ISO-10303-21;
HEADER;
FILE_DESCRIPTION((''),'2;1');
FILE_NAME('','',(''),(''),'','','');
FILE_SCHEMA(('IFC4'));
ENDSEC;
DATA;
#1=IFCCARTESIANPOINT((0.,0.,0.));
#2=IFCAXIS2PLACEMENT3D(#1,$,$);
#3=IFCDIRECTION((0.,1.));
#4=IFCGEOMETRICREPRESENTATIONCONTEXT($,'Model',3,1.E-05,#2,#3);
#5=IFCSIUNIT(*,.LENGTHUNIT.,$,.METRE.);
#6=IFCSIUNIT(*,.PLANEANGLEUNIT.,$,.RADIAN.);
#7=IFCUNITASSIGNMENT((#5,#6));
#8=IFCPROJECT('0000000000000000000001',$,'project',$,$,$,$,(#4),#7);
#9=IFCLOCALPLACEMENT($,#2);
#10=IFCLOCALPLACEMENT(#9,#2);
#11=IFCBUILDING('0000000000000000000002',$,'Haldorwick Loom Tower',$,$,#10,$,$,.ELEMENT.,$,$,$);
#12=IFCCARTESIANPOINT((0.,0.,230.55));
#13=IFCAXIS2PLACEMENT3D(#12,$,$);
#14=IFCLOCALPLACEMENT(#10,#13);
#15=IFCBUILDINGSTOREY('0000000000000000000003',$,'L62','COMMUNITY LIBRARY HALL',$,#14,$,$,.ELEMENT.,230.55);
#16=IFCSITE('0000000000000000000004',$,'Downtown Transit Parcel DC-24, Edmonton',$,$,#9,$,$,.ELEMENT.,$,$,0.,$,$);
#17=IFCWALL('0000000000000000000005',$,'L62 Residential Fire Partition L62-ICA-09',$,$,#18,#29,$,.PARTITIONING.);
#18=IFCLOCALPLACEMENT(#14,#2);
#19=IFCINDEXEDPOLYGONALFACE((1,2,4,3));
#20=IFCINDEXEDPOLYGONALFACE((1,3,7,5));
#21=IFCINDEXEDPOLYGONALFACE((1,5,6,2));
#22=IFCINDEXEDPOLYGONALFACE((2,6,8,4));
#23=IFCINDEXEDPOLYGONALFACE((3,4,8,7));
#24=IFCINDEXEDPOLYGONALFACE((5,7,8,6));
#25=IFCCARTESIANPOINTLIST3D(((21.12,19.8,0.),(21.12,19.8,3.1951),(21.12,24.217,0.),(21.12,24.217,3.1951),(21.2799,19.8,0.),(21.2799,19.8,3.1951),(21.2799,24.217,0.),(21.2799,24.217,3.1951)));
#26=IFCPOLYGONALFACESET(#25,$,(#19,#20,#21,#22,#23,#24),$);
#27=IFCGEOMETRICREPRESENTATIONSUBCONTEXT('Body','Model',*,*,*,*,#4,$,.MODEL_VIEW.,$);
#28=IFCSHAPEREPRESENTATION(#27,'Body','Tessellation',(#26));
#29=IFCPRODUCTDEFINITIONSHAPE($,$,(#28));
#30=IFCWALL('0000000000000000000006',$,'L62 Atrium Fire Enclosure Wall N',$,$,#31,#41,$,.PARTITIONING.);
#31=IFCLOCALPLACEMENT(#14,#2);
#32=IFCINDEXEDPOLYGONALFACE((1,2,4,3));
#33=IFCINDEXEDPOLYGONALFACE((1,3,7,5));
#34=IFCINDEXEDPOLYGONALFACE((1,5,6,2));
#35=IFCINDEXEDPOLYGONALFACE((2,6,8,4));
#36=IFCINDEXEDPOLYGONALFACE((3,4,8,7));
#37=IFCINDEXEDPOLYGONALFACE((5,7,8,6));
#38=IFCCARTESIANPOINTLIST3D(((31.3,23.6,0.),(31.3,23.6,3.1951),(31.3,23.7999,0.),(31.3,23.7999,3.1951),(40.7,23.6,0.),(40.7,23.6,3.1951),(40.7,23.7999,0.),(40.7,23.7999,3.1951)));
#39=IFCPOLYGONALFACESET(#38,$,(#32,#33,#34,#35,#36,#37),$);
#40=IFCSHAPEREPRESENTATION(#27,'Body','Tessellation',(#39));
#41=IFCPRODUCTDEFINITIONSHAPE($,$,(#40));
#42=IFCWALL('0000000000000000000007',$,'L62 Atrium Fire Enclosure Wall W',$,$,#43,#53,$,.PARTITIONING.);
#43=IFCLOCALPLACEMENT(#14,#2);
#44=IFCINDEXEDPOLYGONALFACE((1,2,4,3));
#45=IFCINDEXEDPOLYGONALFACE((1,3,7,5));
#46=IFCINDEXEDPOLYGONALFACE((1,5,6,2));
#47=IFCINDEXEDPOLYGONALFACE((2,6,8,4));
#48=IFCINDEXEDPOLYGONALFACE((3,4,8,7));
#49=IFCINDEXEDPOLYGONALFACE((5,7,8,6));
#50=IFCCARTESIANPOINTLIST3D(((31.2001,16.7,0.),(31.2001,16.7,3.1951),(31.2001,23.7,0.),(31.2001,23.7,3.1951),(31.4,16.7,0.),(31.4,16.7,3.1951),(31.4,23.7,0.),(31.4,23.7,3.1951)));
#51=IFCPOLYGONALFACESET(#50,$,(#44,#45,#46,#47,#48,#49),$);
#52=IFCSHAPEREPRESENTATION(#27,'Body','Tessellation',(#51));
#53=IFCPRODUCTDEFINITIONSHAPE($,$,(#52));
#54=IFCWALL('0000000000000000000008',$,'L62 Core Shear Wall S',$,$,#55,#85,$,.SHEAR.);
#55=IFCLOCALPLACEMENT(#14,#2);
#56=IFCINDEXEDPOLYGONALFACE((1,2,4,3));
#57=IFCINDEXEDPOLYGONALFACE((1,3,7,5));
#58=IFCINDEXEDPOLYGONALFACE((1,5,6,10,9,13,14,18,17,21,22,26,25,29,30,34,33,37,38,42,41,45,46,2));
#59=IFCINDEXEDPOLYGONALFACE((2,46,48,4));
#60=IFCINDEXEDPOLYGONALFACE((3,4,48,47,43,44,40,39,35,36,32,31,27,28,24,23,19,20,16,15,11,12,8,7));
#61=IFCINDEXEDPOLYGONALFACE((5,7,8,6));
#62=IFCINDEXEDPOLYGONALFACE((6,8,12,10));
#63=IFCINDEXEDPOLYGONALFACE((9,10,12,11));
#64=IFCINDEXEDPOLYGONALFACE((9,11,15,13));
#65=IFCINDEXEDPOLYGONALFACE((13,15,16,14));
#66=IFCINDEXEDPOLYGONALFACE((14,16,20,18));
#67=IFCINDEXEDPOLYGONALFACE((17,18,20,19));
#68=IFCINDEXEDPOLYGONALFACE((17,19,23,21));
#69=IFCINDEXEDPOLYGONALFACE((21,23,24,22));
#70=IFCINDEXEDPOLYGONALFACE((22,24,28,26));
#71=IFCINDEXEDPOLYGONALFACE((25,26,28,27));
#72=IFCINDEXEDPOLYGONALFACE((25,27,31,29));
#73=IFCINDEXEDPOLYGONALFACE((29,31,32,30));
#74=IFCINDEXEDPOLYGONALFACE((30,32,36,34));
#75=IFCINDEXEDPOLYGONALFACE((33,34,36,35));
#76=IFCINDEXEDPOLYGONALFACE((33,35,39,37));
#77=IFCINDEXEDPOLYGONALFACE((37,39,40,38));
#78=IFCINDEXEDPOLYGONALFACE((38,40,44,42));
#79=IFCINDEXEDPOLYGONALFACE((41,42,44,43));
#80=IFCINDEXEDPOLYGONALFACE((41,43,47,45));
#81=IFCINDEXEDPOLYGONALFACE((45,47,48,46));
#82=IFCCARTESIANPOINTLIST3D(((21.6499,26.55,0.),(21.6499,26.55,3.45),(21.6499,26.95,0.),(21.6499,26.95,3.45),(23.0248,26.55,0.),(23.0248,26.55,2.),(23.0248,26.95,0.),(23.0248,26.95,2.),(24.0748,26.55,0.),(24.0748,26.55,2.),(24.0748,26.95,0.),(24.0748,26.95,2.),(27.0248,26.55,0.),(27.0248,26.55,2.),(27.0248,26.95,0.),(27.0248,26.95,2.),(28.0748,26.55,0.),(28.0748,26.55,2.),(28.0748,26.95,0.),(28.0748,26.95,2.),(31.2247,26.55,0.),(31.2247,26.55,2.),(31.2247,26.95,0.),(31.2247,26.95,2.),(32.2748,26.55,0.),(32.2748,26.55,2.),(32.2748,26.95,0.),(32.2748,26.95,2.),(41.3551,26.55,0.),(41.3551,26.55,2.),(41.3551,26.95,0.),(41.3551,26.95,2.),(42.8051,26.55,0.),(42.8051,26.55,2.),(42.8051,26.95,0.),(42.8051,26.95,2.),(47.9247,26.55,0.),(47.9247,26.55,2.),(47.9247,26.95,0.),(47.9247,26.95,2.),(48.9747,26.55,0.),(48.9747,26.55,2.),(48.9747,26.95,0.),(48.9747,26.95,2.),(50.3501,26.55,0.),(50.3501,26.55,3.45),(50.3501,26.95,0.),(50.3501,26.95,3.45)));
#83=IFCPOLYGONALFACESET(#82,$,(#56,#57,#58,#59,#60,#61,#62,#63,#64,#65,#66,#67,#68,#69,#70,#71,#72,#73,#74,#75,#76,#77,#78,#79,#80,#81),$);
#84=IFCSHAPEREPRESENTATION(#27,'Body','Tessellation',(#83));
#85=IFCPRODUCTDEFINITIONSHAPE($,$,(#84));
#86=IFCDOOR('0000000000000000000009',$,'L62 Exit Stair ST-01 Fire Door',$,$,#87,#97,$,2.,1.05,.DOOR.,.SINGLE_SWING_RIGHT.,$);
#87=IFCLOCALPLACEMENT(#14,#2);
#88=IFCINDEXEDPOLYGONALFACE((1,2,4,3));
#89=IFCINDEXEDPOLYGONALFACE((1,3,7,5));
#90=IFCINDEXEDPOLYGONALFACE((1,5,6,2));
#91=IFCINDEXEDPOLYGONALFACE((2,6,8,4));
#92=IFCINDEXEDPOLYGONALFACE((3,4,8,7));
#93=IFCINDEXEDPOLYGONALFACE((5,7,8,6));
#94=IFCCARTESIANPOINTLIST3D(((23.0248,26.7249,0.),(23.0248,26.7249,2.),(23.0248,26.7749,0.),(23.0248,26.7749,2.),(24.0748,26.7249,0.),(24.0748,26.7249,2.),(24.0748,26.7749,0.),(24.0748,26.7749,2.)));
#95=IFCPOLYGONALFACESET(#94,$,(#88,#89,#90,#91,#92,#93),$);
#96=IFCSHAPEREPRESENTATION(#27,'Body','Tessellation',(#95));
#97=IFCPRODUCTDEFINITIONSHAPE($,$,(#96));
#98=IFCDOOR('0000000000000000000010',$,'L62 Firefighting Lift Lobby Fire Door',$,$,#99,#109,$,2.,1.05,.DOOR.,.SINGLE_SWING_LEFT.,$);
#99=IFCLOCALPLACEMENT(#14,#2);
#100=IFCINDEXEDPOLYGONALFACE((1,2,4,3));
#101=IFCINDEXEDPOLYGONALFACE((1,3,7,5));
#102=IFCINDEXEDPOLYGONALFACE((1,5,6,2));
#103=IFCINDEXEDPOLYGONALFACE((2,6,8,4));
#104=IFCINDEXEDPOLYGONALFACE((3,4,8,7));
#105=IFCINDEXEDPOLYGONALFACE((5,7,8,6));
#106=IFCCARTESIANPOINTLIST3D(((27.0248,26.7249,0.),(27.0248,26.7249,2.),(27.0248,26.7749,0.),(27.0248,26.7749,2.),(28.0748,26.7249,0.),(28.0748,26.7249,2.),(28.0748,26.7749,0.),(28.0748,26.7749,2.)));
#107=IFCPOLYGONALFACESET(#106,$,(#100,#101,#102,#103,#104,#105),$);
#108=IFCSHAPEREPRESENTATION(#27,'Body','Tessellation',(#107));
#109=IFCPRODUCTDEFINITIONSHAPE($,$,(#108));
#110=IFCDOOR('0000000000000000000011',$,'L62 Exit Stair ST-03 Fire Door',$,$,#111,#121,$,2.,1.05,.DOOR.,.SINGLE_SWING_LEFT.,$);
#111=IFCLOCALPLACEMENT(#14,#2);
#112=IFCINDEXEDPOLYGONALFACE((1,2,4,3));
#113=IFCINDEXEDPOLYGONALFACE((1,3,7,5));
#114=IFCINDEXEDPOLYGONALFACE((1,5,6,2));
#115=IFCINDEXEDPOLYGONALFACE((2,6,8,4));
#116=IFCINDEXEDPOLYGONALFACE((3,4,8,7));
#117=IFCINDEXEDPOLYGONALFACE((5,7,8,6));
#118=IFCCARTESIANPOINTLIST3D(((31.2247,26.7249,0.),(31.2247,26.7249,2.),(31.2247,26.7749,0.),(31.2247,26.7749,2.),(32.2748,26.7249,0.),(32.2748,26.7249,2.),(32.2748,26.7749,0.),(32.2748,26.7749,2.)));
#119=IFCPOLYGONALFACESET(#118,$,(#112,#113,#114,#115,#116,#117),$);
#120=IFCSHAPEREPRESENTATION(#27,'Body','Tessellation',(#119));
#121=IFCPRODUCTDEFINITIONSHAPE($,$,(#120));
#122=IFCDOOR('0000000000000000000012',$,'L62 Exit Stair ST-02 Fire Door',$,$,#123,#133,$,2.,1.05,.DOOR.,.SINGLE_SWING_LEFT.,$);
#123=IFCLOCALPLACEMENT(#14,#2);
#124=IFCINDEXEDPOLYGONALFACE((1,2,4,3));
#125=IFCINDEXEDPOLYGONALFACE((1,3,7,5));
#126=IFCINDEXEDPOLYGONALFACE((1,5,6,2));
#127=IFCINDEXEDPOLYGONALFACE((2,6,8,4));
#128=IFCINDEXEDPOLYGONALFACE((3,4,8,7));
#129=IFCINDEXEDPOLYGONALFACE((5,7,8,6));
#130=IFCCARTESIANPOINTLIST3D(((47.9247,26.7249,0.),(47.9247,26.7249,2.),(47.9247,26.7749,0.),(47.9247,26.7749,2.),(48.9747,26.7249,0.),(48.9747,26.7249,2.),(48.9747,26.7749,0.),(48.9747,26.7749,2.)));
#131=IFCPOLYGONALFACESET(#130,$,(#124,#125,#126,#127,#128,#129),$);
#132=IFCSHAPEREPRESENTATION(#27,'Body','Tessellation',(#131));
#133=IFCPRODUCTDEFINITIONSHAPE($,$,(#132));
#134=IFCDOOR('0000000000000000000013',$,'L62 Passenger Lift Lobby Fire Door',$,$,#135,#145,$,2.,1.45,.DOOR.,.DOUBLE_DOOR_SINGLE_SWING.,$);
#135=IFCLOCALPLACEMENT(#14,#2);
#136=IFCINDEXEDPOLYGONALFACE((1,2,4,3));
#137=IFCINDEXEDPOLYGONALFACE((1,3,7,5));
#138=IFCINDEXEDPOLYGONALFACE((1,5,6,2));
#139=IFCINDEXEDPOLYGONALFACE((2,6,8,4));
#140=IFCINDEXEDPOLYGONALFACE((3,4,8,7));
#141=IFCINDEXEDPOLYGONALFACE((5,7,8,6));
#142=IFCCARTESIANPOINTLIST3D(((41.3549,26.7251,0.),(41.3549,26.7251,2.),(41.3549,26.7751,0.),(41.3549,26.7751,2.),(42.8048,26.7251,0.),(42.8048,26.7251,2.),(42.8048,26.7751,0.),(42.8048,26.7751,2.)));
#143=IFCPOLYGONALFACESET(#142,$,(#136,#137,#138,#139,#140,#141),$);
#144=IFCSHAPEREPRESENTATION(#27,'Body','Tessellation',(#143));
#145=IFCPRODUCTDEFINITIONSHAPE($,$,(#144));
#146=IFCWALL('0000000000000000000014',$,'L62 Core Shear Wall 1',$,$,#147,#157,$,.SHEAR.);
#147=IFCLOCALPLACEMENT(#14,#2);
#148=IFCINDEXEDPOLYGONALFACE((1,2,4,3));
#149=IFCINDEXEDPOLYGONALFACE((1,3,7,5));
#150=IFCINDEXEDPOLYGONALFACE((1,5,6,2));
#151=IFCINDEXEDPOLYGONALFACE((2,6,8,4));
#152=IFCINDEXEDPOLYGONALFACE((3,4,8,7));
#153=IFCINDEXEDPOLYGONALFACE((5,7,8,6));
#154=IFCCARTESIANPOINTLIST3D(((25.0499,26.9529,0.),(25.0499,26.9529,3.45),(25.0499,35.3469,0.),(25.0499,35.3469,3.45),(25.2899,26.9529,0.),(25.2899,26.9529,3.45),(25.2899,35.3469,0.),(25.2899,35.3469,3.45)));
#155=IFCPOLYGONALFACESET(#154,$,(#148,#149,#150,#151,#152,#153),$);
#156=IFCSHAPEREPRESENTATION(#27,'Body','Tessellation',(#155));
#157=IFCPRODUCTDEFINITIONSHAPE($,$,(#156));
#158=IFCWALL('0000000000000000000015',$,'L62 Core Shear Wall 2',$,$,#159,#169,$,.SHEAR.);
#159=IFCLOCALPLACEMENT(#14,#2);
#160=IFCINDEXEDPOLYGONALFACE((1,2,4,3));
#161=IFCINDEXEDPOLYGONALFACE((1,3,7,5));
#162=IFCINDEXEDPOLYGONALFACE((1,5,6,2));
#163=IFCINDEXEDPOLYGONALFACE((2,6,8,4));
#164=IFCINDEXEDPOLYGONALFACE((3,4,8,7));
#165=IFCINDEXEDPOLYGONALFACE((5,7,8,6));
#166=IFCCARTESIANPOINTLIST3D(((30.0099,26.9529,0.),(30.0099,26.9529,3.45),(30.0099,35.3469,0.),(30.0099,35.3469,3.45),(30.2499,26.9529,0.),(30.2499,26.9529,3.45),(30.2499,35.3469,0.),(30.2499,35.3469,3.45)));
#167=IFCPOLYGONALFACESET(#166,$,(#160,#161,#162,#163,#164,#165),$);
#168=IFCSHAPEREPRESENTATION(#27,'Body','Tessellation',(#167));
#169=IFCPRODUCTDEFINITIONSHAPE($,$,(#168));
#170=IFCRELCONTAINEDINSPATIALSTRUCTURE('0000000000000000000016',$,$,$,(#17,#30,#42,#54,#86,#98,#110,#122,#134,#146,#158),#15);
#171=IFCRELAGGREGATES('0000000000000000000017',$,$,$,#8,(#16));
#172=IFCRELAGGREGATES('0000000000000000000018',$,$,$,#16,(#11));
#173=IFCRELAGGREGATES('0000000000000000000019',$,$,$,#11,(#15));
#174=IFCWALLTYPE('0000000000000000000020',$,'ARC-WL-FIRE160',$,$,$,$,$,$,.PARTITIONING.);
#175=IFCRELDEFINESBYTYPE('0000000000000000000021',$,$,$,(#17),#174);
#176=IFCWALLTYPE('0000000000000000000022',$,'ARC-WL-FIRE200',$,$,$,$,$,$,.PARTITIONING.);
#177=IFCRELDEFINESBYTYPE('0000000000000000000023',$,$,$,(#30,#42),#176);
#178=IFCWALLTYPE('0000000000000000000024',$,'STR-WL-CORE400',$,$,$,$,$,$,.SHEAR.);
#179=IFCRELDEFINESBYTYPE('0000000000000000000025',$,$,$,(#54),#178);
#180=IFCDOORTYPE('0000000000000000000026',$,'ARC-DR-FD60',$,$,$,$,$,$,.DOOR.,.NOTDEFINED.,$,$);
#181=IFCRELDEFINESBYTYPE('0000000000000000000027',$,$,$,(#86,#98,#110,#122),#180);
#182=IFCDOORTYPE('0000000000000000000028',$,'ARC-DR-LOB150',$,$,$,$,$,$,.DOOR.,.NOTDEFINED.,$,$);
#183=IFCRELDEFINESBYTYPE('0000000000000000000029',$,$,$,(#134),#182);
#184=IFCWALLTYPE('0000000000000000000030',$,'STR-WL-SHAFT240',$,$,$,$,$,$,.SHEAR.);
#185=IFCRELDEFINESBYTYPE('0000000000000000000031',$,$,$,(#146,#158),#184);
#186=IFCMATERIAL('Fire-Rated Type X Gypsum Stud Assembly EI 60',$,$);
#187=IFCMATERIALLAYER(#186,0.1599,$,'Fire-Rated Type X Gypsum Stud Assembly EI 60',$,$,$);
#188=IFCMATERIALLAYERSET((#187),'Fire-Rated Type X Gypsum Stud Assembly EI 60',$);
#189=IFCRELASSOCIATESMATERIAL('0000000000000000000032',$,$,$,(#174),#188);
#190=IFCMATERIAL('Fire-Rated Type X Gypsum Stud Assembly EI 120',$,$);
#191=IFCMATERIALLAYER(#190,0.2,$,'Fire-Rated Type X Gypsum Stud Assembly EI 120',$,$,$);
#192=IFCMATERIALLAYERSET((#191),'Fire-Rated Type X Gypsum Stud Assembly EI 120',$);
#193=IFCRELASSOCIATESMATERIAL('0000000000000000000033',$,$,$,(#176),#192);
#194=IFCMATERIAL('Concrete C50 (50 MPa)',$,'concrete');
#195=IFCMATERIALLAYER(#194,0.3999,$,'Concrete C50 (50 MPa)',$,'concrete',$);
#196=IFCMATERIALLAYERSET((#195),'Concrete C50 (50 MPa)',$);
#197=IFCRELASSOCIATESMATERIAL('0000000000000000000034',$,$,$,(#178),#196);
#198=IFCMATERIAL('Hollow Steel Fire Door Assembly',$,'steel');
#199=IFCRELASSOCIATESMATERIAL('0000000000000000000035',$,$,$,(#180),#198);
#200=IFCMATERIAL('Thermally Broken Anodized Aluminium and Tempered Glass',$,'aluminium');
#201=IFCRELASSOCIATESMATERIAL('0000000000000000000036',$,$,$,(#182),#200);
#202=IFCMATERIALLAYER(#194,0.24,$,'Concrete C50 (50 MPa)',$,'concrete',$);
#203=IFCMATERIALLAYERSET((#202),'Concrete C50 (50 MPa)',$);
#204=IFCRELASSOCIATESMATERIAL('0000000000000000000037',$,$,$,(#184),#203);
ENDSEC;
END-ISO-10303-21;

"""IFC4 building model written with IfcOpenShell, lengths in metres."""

from ifc_helpers import new_model, si_unit, direction, frame, frame_2d, origin, place, context, subcontext, project, spatial, rectangle, extrude, material, layer, layer_set, type_object, element, fill, save


model = new_model("IFC4")

# Units and contexts
model_context = context("Model", 3, precision=1e-05, world=origin(), true_north=direction((0.0, 1.0)))
body_context = subcontext(model_context, "Body", "Model", "MODEL_VIEW")
ifc_project = project(units=[si_unit("LENGTHUNIT", "METRE"), si_unit("PLANEANGLEUNIT", "RADIAN")], contexts=[model_context])

# Site, building, storey
site_placement = place(None, origin())
site = spatial("IfcSite", under=ifc_project, at=site_placement, Name="Downtown Transit Parcel DC-24, Edmonton", CompositionType="ELEMENT", RefElevation=0.0)
building_placement = place(site_placement, origin())
building = spatial("IfcBuilding", under=site, at=building_placement, Name="Haldorwick Loom Tower", CompositionType="ELEMENT")
storey_placement = place(building_placement, frame((0.0, 0.0, 230.55)))
storey = spatial("IfcBuildingStorey", under=building, at=storey_placement, Name="L62", Description="COMMUNITY LIBRARY HALL", CompositionType="ELEMENT", Elevation=230.55)

# Shared definitions
ifc_material_1 = material(Name="Concrete C50 (50 MPa)", Category="concrete")

# Walls
ifc_material_2 = material(Name="Fire-Rated Type X Gypsum Stud Assembly EI 60")
ifc_layer_1 = layer(ifc_material_2, 0.1599, Name="Fire-Rated Type X Gypsum Stud Assembly EI 60")
ifc_layer_set_1 = layer_set([ifc_layer_1], Name="Fire-Rated Type X Gypsum Stud Assembly EI 60")
wall_type_1 = type_object("IfcWallType", Name="ARC-WL-FIRE160", PredefinedType="PARTITIONING", material=ifc_layer_set_1)
wall_1_placement = place(storey_placement, frame((21.2, 24.217, 0.0), z_axis=(0.0, 0.0, 1.0), x_axis=(0.0, -1.0, 0.0)))
element("IfcWall", 1, at=wall_1_placement, inside=storey, type_object=wall_type_1, Name="L62 Residential Fire Partition L62-ICA-09", PredefinedType="PARTITIONING", context=body_context, shape_type="SweptSolid", body=[
    extrude(rectangle(XDim=4.417, YDim=0.1599, at=frame_2d((2.2085, 0.0))), origin(), (0.0, 0.0, 1.0), 3.1951),
])
ifc_material_3 = material(Name="Fire-Rated Type X Gypsum Stud Assembly EI 120")
ifc_layer_2 = layer(ifc_material_3, 0.2, Name="Fire-Rated Type X Gypsum Stud Assembly EI 120")
ifc_layer_set_2 = layer_set([ifc_layer_2], Name="Fire-Rated Type X Gypsum Stud Assembly EI 120")
wall_type_2 = type_object("IfcWallType", Name="ARC-WL-FIRE200", PredefinedType="PARTITIONING", material=ifc_layer_set_2)
wall_2_placement = place(storey_placement, frame((31.3, 23.7, 0.0), z_axis=(0.0, 0.0, 1.0), x_axis=(1.0, 0.0, 0.0)))
element("IfcWall", 2, at=wall_2_placement, inside=storey, type_object=wall_type_2, Name="L62 Atrium Fire Enclosure Wall N", PredefinedType="PARTITIONING", context=body_context, shape_type="SweptSolid", body=[
    extrude(rectangle(XDim=9.3999, YDim=0.2, at=frame_2d((4.7, 0.0))), origin(), (0.0, 0.0, 1.0), 3.1951),
])
wall_3_placement = place(storey_placement, frame((31.3, 16.7, 0.0), z_axis=(0.0, 0.0, 1.0), x_axis=(0.0, 1.0, 0.0)))
element("IfcWall", 3, at=wall_3_placement, inside=storey, type_object=wall_type_2, Name="L62 Atrium Fire Enclosure Wall W", PredefinedType="PARTITIONING", context=body_context, shape_type="SweptSolid", body=[
    extrude(rectangle(XDim=7.0, YDim=0.2, at=frame_2d((3.5, 0.0))), origin(), (0.0, 0.0, 1.0), 3.1951),
])

# Wall, openings, doors
ifc_layer_3 = layer(ifc_material_1, 0.3999, Name="Concrete C50 (50 MPa)", Category="concrete")
ifc_layer_set_3 = layer_set([ifc_layer_3], Name="Concrete C50 (50 MPa)")
wall_type_3 = type_object("IfcWallType", Name="STR-WL-CORE400", PredefinedType="SHEAR", material=ifc_layer_set_3)
wall_4_placement = place(storey_placement, frame((21.6499, 26.75, 0.0), z_axis=(0.0, 0.0, 1.0), x_axis=(1.0, 0.0, 0.0)))
wall_4 = element("IfcWall", 4, at=wall_4_placement, inside=storey, type_object=wall_type_3, Name="L62 Core Shear Wall S", PredefinedType="SHEAR", context=body_context, shape_type="SweptSolid", body=[
    extrude(rectangle(XDim=28.7002, YDim=0.3999, at=frame_2d((14.3501, 0.0))), origin(), (0.0, 0.0, 1.0), 3.45),
])
opening_1_placement = place(wall_4_placement, frame((1.375, 0.0, 0.0)))
opening_1 = element("IfcOpeningElement", 5, at=opening_1_placement, cuts=wall_4, PredefinedType="OPENING", context=body_context, shape_type="SweptSolid", body=[
    extrude(rectangle(XDim=1.05, YDim=2.0, at=frame_2d((0.5249, 1.0))), frame((0.0, 0.21, 0.0), z_axis=(0.0, -1.0, 0.0), x_axis=(1.0, 0.0, 0.0)), (0.0, 0.0, 1.0), 0.4199),
])
opening_2_placement = place(wall_4_placement, frame((5.375, 0.0, 0.0)))
opening_2 = element("IfcOpeningElement", 6, at=opening_2_placement, cuts=wall_4, PredefinedType="OPENING", context=body_context, shape_type="SweptSolid", body=[
    extrude(rectangle(XDim=1.05, YDim=2.0, at=frame_2d((0.5249, 1.0))), frame((0.0, 0.21, 0.0), z_axis=(0.0, -1.0, 0.0), x_axis=(1.0, 0.0, 0.0)), (0.0, 0.0, 1.0), 0.4199),
])
opening_3_placement = place(wall_4_placement, frame((9.575, 0.0, 0.0)))
opening_3 = element("IfcOpeningElement", 7, at=opening_3_placement, cuts=wall_4, PredefinedType="OPENING", context=body_context, shape_type="SweptSolid", body=[
    extrude(rectangle(XDim=1.05, YDim=2.0, at=frame_2d((0.5249, 1.0))), frame((0.0, 0.21, 0.0), z_axis=(0.0, -1.0, 0.0), x_axis=(1.0, 0.0, 0.0)), (0.0, 0.0, 1.0), 0.4199),
])
opening_4_placement = place(wall_4_placement, frame((19.7051, 0.0, 0.0)))
opening_4 = element("IfcOpeningElement", 8, at=opening_4_placement, cuts=wall_4, PredefinedType="OPENING", context=body_context, shape_type="SweptSolid", body=[
    extrude(rectangle(XDim=1.45, YDim=2.0, at=frame_2d((0.7251, 1.0))), frame((0.0, 0.21, 0.0), z_axis=(0.0, -1.0, 0.0), x_axis=(1.0, 0.0, 0.0)), (0.0, 0.0, 1.0), 0.4199),
])
opening_5_placement = place(wall_4_placement, frame((26.2749, 0.0, 0.0)))
opening_5 = element("IfcOpeningElement", 9, at=opening_5_placement, cuts=wall_4, PredefinedType="OPENING", context=body_context, shape_type="SweptSolid", body=[
    extrude(rectangle(XDim=1.05, YDim=2.0, at=frame_2d((0.5249, 1.0))), frame((0.0, 0.21, 0.0), z_axis=(0.0, -1.0, 0.0), x_axis=(1.0, 0.0, 0.0)), (0.0, 0.0, 1.0), 0.4199),
])
ifc_material_4 = material(Name="Hollow Steel Fire Door Assembly", Category="steel")
door_type_1 = type_object("IfcDoorType", Name="ARC-DR-FD60", OperationType="NOTDEFINED", PredefinedType="DOOR", material=ifc_material_4)
door_1_placement = place(opening_1_placement, origin())
door_1 = element("IfcDoor", 10, at=door_1_placement, inside=storey, type_object=door_type_1, Name="L62 Exit Stair ST-01 Fire Door", OperationType="SINGLE_SWING_RIGHT", OverallHeight=2.0, OverallWidth=1.05, PredefinedType="DOOR", context=body_context, shape_type="SweptSolid", body=[
    extrude(rectangle(XDim=1.05, YDim=2.0, at=frame_2d((0.5249, 1.0))), frame((0.0, 0.0249, 0.0), z_axis=(0.0, -1.0, 0.0), x_axis=(1.0, 0.0, 0.0)), (0.0, 0.0, 1.0), 0.05),
])
fill(opening_1, door_1)
door_2_placement = place(opening_2_placement, origin())
door_2 = element("IfcDoor", 11, at=door_2_placement, inside=storey, type_object=door_type_1, Name="L62 Firefighting Lift Lobby Fire Door", OperationType="SINGLE_SWING_LEFT", OverallHeight=2.0, OverallWidth=1.05, PredefinedType="DOOR", context=body_context, shape_type="SweptSolid", body=[
    extrude(rectangle(XDim=1.05, YDim=2.0, at=frame_2d((0.5249, 1.0))), frame((0.0, 0.0249, 0.0), z_axis=(0.0, -1.0, 0.0), x_axis=(1.0, 0.0, 0.0)), (0.0, 0.0, 1.0), 0.05),
])
fill(opening_2, door_2)
door_3_placement = place(opening_3_placement, origin())
door_3 = element("IfcDoor", 12, at=door_3_placement, inside=storey, type_object=door_type_1, Name="L62 Exit Stair ST-03 Fire Door", OperationType="SINGLE_SWING_LEFT", OverallHeight=2.0, OverallWidth=1.05, PredefinedType="DOOR", context=body_context, shape_type="SweptSolid", body=[
    extrude(rectangle(XDim=1.05, YDim=2.0, at=frame_2d((0.5249, 1.0))), frame((0.0, 0.0249, 0.0), z_axis=(0.0, -1.0, 0.0), x_axis=(1.0, 0.0, 0.0)), (0.0, 0.0, 1.0), 0.05),
])
fill(opening_3, door_3)
door_4_placement = place(opening_5_placement, origin())
door_4 = element("IfcDoor", 13, at=door_4_placement, inside=storey, type_object=door_type_1, Name="L62 Exit Stair ST-02 Fire Door", OperationType="SINGLE_SWING_LEFT", OverallHeight=2.0, OverallWidth=1.05, PredefinedType="DOOR", context=body_context, shape_type="SweptSolid", body=[
    extrude(rectangle(XDim=1.05, YDim=2.0, at=frame_2d((0.5249, 1.0))), frame((0.0, 0.0249, 0.0), z_axis=(0.0, -1.0, 0.0), x_axis=(1.0, 0.0, 0.0)), (0.0, 0.0, 1.0), 0.05),
])
fill(opening_5, door_4)
ifc_material_5 = material(Name="Thermally Broken Anodized Aluminium and Tempered Glass", Category="aluminium")
door_type_2 = type_object("IfcDoorType", Name="ARC-DR-LOB150", OperationType="NOTDEFINED", PredefinedType="DOOR", material=ifc_material_5)
door_5_placement = place(opening_4_placement, frame((1.45, 0.0, 0.0), z_axis=(0.0, 0.0, 1.0), x_axis=(-1.0, 0.0, 0.0)))
door_5 = element("IfcDoor", 14, at=door_5_placement, inside=storey, type_object=door_type_2, Name="L62 Passenger Lift Lobby Fire Door", OperationType="DOUBLE_DOOR_SINGLE_SWING", OverallHeight=2.0, OverallWidth=1.45, PredefinedType="DOOR", context=body_context, shape_type="SweptSolid", body=[
    extrude(rectangle(XDim=1.45, YDim=2.0, at=frame_2d((0.7251, 1.0))), frame((0.0, 0.0249, 0.0), z_axis=(0.0, -1.0, 0.0), x_axis=(1.0, 0.0, 0.0)), (0.0, 0.0, 1.0), 0.05),
])
fill(opening_4, door_5)

# Walls
ifc_layer_4 = layer(ifc_material_1, 0.24, Name="Concrete C50 (50 MPa)", Category="concrete")
ifc_layer_set_4 = layer_set([ifc_layer_4], Name="Concrete C50 (50 MPa)")
wall_type_4 = type_object("IfcWallType", Name="STR-WL-SHAFT240", PredefinedType="SHEAR", material=ifc_layer_set_4)
for number, where, z_axis, x_axis, name in (
    (15, (25.1699, 26.9529, 0.0), (0.0, 0.0, 1.0), (0.0, 1.0, 0.0), "L62 Core Shear Wall 1"),
    (16, (30.1299, 26.9529, 0.0), (0.0, 0.0, 1.0), (0.0, 1.0, 0.0), "L62 Core Shear Wall 2"),
):
    element("IfcWall", number, at=place(storey_placement, frame(where, z_axis=z_axis, x_axis=x_axis)), inside=storey, type_object=wall_type_4, Name=name, PredefinedType="SHEAR", context=body_context, shape_type="SweptSolid", body=[
        extrude(rectangle(XDim=8.394, YDim=0.24, at=frame_2d((4.197, 0.0))), origin(), (0.0, 0.0, 1.0), 3.45),
    ])

save(model, "model.ifc")
